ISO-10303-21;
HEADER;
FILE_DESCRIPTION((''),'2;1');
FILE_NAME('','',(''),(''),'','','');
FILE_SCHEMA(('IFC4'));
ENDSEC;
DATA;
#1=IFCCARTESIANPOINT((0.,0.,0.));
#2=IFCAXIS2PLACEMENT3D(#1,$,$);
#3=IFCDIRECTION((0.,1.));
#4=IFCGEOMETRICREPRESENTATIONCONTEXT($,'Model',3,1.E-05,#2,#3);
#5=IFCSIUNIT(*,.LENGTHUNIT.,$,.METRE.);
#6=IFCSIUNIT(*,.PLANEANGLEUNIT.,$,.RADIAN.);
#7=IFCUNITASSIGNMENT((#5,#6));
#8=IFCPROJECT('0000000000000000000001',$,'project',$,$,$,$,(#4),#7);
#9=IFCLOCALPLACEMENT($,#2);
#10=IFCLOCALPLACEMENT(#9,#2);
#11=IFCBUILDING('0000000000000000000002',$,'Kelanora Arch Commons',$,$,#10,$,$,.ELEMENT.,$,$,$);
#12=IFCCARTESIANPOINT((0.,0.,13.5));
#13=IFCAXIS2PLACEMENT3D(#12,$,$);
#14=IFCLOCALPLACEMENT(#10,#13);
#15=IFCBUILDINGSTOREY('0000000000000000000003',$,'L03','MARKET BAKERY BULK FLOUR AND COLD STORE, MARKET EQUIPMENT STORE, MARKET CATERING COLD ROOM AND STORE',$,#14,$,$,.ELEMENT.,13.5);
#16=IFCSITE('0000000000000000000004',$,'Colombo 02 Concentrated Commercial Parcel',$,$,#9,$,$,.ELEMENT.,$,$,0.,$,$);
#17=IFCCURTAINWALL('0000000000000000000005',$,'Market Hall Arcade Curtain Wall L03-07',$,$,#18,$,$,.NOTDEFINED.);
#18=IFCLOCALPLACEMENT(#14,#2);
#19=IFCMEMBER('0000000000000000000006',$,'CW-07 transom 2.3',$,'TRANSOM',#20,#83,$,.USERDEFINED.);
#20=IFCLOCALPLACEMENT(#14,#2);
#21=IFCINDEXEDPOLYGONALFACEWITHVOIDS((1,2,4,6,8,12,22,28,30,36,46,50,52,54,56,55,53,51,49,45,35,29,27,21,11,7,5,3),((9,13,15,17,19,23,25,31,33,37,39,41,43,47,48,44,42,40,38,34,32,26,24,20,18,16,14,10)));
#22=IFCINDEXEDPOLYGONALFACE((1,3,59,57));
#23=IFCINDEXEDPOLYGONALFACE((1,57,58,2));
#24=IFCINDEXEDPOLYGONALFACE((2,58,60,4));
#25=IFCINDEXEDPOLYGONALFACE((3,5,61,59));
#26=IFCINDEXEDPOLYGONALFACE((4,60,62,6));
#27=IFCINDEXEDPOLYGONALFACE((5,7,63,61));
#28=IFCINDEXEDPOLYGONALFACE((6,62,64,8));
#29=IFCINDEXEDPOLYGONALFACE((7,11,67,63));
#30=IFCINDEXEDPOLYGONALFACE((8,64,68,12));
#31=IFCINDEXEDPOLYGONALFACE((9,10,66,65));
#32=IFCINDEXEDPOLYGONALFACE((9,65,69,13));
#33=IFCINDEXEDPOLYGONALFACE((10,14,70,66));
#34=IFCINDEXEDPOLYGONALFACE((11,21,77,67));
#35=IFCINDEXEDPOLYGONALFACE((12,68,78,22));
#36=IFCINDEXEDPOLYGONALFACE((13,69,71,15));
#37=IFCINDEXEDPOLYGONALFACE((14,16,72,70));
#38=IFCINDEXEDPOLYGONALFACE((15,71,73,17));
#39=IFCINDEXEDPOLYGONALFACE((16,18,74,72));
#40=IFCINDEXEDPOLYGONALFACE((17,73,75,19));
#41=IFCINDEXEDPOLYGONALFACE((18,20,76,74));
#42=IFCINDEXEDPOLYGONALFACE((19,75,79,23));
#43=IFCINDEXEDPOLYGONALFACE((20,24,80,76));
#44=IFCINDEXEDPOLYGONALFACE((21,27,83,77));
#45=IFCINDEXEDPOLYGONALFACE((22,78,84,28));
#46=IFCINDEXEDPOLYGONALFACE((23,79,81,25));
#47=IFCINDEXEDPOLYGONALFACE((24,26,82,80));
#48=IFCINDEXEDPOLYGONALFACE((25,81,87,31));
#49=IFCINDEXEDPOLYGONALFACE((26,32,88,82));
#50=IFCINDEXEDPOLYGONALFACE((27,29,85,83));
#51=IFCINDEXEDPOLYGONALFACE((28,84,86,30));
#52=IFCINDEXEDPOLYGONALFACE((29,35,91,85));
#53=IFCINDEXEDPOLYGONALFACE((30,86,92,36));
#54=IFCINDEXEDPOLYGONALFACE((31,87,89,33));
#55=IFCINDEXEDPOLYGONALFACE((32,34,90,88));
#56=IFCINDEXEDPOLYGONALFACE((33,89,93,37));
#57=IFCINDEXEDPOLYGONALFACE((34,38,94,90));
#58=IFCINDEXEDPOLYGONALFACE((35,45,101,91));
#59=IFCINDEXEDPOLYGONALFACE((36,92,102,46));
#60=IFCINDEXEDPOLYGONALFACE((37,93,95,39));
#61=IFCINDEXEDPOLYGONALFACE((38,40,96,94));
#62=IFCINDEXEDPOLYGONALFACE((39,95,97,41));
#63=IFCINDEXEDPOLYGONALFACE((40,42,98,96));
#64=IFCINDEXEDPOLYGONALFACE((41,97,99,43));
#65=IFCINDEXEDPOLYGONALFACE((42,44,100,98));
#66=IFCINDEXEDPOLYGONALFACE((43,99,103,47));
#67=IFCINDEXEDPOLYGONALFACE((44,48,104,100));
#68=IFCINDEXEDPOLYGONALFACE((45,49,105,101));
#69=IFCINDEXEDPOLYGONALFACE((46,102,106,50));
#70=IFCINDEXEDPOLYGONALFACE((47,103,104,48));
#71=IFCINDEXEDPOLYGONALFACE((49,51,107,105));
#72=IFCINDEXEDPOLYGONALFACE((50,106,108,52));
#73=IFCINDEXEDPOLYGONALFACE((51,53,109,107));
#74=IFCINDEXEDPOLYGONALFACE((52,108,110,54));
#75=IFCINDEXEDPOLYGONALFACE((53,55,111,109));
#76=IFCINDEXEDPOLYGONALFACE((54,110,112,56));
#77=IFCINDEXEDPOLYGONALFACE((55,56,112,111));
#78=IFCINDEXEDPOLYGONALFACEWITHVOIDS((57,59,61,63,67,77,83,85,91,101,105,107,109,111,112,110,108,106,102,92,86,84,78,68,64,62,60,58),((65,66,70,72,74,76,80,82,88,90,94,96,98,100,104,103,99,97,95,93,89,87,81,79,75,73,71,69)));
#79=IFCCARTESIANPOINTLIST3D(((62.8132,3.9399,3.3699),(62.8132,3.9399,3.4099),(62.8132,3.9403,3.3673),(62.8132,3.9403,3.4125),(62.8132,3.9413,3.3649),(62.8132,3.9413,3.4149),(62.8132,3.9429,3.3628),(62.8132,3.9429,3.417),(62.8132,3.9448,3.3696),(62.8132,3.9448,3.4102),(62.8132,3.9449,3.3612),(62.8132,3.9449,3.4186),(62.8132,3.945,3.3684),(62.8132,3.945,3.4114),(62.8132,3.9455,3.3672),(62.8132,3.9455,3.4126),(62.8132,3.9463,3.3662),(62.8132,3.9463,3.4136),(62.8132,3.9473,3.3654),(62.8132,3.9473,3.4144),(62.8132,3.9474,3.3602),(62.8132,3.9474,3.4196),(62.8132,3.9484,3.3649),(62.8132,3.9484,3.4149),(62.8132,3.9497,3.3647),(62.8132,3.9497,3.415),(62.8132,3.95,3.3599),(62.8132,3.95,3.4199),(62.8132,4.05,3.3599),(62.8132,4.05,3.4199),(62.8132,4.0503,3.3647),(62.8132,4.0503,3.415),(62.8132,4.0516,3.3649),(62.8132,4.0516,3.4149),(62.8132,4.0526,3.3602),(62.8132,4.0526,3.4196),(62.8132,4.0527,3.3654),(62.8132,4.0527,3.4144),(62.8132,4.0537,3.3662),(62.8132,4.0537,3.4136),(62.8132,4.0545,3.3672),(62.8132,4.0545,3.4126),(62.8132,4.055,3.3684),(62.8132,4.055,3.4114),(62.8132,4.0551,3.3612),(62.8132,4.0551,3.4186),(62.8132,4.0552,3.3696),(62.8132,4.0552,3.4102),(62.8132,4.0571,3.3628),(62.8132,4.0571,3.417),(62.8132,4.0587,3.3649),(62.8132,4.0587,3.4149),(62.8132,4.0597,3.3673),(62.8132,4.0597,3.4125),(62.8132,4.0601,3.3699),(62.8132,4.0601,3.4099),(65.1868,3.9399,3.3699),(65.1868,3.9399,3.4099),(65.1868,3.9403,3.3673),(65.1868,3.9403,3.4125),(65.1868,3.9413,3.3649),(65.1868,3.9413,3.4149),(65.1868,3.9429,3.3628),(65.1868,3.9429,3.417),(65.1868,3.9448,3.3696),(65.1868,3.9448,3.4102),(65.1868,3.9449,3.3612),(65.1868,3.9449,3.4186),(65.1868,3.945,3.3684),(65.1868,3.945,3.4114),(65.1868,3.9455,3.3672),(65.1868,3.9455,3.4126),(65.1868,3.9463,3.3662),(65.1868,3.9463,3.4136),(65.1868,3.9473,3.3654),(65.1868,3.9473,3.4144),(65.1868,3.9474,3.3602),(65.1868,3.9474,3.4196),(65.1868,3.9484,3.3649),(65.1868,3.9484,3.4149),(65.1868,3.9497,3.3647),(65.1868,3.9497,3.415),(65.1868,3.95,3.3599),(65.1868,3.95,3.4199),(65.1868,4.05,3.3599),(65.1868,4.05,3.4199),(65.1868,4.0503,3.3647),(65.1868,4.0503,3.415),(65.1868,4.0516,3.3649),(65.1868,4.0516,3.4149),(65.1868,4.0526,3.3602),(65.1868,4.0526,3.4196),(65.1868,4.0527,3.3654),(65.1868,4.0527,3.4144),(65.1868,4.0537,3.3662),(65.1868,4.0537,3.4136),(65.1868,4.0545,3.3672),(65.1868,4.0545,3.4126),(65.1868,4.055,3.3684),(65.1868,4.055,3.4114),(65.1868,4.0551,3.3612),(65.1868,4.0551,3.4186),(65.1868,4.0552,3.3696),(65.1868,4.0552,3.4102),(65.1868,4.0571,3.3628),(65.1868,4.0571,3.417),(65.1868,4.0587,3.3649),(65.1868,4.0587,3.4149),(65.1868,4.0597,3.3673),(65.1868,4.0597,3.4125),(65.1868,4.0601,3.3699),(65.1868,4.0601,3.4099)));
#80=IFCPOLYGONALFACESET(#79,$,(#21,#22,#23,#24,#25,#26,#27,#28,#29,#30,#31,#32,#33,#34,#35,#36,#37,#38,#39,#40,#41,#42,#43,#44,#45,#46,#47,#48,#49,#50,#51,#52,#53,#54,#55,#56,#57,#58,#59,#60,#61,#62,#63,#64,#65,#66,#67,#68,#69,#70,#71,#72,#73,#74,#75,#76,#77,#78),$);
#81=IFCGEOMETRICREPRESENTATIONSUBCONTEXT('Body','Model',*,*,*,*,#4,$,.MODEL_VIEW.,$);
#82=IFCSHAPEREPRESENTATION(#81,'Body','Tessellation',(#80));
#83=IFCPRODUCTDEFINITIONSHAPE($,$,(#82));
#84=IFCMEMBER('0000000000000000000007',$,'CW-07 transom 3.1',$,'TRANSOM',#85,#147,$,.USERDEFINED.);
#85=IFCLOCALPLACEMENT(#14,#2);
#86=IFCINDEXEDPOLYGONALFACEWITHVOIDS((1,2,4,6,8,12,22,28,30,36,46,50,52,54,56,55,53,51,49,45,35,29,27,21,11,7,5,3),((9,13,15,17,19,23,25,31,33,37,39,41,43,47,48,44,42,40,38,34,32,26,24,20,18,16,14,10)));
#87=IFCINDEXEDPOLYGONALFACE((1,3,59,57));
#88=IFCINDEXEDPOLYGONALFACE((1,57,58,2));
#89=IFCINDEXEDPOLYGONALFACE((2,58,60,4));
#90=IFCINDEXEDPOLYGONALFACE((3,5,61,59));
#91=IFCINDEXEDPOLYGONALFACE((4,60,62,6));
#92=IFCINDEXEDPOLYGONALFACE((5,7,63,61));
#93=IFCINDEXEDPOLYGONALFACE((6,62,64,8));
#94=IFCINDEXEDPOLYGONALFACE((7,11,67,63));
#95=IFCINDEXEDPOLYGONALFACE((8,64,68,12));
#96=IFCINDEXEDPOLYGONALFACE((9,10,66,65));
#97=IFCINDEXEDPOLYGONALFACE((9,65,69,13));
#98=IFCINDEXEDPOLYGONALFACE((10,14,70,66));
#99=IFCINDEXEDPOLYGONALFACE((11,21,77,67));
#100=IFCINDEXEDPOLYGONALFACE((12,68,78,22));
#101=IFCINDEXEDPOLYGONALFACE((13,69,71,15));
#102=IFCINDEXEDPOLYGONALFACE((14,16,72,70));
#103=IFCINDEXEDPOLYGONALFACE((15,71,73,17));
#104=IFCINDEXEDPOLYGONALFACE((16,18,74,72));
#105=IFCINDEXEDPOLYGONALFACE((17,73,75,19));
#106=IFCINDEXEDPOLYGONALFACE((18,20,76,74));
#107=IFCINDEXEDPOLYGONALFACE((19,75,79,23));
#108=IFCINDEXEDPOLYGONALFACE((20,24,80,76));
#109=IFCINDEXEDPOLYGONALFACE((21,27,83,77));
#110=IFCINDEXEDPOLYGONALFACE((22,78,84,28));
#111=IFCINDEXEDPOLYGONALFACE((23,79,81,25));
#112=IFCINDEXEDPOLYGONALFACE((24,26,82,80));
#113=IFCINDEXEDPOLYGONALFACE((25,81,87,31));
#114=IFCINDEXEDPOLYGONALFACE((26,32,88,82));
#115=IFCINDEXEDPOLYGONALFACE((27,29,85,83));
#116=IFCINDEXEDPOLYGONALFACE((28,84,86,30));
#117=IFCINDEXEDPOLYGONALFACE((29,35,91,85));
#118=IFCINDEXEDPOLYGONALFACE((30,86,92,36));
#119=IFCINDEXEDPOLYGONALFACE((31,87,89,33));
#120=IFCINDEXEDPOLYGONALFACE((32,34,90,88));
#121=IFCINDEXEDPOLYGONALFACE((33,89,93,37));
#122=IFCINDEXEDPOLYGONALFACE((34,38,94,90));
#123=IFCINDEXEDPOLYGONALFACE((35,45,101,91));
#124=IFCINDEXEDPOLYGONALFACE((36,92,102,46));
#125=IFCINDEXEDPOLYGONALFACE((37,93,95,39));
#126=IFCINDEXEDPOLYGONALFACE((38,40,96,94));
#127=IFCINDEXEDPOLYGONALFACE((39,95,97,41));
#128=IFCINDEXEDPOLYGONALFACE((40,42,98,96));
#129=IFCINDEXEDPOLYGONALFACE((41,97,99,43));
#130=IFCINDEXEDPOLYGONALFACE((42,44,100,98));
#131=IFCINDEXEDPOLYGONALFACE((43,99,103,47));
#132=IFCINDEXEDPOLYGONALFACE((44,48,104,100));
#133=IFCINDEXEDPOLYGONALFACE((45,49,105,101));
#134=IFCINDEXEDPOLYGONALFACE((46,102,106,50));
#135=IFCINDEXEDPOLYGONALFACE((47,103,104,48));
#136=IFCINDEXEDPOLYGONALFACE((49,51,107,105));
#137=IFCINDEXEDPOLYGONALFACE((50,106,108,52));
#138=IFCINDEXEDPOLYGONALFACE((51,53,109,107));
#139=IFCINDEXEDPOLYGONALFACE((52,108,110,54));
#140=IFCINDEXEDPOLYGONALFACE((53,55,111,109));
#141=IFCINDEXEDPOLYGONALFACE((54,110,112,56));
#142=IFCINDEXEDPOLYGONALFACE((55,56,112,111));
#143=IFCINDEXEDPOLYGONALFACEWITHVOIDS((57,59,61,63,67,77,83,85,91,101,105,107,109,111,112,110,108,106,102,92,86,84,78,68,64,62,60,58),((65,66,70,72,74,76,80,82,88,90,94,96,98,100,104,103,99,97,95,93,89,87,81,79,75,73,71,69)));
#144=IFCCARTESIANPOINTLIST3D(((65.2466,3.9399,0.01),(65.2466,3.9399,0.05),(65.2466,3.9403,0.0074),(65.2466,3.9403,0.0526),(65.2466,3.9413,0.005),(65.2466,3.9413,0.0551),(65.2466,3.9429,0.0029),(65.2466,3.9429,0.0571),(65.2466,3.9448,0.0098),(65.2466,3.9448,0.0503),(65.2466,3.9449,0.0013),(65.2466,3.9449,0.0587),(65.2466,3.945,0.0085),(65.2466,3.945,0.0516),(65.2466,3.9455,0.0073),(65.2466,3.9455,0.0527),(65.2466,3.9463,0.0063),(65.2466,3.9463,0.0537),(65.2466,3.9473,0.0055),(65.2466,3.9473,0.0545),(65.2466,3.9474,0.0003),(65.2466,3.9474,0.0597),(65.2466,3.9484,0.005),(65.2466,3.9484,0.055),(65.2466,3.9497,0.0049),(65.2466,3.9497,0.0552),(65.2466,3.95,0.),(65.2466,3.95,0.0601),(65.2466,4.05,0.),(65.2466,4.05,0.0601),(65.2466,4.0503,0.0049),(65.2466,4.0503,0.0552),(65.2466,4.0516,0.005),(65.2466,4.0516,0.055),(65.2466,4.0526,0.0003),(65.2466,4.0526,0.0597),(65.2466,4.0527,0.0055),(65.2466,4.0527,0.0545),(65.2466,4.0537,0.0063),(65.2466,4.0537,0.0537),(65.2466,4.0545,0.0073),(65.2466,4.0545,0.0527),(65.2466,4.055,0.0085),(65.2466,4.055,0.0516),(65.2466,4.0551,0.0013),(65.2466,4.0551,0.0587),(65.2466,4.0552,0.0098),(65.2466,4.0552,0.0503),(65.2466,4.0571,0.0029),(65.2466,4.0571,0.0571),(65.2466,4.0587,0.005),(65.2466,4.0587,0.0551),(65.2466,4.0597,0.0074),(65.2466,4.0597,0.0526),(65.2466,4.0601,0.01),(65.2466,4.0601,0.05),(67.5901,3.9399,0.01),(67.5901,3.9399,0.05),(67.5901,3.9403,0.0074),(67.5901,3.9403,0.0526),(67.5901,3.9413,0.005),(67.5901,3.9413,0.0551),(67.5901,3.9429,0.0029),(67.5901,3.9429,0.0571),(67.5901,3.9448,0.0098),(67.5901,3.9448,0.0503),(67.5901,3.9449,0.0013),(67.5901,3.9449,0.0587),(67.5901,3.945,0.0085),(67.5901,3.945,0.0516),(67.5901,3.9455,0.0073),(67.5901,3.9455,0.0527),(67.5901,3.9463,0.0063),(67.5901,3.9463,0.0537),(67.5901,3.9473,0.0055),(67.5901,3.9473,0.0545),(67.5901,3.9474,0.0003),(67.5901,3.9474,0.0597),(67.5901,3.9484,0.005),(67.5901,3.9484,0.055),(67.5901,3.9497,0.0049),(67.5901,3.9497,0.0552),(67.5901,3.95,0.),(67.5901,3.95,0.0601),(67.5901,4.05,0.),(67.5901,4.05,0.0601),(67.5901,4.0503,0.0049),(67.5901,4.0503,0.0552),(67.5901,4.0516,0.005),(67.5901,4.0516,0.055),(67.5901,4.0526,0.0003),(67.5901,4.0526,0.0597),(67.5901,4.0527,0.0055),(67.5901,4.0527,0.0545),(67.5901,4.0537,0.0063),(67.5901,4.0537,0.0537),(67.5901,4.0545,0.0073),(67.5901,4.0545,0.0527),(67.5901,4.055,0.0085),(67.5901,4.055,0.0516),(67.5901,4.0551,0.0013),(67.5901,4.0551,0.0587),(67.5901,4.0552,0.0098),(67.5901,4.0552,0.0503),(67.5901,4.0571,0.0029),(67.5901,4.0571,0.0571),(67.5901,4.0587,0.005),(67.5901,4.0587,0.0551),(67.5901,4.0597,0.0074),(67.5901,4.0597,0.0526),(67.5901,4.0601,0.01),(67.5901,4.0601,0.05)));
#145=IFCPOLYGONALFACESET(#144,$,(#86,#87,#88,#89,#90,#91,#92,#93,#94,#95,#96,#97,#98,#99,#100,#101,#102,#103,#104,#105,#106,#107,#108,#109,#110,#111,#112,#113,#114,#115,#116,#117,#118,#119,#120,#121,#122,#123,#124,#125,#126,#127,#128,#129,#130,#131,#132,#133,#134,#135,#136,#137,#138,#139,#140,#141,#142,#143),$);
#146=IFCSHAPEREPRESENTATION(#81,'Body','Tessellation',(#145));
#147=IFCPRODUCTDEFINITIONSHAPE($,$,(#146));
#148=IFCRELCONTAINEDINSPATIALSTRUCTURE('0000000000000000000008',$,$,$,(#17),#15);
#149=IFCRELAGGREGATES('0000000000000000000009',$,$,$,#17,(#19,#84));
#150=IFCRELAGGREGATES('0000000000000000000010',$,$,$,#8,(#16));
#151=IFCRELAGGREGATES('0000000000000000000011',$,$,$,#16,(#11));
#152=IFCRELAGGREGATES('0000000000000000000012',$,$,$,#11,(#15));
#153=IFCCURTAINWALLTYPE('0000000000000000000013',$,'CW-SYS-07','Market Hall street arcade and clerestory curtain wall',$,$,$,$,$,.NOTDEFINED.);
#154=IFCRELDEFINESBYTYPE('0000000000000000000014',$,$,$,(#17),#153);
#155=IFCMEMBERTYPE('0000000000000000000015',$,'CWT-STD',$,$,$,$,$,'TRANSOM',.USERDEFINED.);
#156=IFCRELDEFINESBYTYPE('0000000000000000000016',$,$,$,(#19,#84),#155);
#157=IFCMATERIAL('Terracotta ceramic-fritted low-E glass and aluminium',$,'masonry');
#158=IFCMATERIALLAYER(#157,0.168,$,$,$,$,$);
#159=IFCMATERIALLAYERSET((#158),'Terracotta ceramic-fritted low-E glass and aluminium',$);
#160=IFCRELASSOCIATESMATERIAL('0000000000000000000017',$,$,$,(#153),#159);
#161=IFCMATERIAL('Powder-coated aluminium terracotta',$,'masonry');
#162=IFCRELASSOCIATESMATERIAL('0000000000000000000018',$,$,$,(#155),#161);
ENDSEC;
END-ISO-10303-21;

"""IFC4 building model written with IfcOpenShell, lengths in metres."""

from ifc_helpers import new_model, si_unit, direction, frame, origin, origin_2d, place, context, subcontext, project, spatial, hollow_rectangle, extrude, material, layer, layer_set, material_profile, profile_set, type_object, element, aggregate, save


model = new_model("IFC4")

# Units and contexts
model_context = context("Model", 3, precision=1e-05, world=origin(), true_north=direction((0.0, 1.0)))
body_context = subcontext(model_context, "Body", "Model", "MODEL_VIEW")
ifc_project = project(units=[si_unit("LENGTHUNIT", "METRE"), si_unit("PLANEANGLEUNIT", "RADIAN")], contexts=[model_context])

# Site, building, storey
site_placement = place(None, origin())
site = spatial("IfcSite", under=ifc_project, at=site_placement, Name="Colombo 02 Concentrated Commercial Parcel", CompositionType="ELEMENT", RefElevation=0.0)
building_placement = place(site_placement, origin())
building = spatial("IfcBuilding", under=site, at=building_placement, Name="Kelanora Arch Commons", CompositionType="ELEMENT")
storey_placement = place(building_placement, frame((0.0, 0.0, 13.5)))
storey = spatial("IfcBuildingStorey", under=building, at=storey_placement, Name="L03", Description="MARKET BAKERY BULK FLOUR AND COLD STORE, MARKET EQUIPMENT STORE, MARKET CATERING COLD ROOM AND STORE", CompositionType="ELEMENT", Elevation=13.5)

# Curtain wall, members
ifc_material_1 = material(Name="Terracotta ceramic-fritted low-E glass and aluminium", Category="masonry")
ifc_layer_1 = layer(ifc_material_1, 0.168)
ifc_layer_set_1 = layer_set([ifc_layer_1], Name="Terracotta ceramic-fritted low-E glass and aluminium")
curtain_wall_type = type_object("IfcCurtainWallType", Name="CW-SYS-07", Description="Market Hall street arcade and clerestory curtain wall", PredefinedType="NOTDEFINED", material=ifc_layer_set_1)
curtain_wall_placement = place(storey_placement, origin())
curtain_wall = element("IfcCurtainWall", 1, at=curtain_wall_placement, inside=storey, type_object=curtain_wall_type, Name="Market Hall Arcade Curtain Wall L03-07", PredefinedType="NOTDEFINED")
ifc_material_2 = material(Name="Powder-coated aluminium terracotta", Category="masonry")
ifc_material_profile_1 = material_profile(ifc_material_2, hollow_rectangle(XDim=0.1201, YDim=0.0601, WallThickness=0.0049, InnerFilletRadius=0.0049, OuterFilletRadius=0.01, at=origin_2d()), Name="CWT120x60")
ifc_profile_set_1 = profile_set([ifc_material_profile_1], Name="Powder-coated aluminium terracotta")
member_type_1 = type_object("IfcMemberType", Name="CWT-STD", ElementType="TRANSOM", PredefinedType="USERDEFINED", material=ifc_profile_set_1)
member_1_placement = place(storey_placement, frame((62.8132, 4.0, 3.3899), z_axis=(1.0, 0.0, 0.0), x_axis=(0.0, 1.0, 0.0)))
member_1 = element("IfcMember", 2, at=member_1_placement, type_object=member_type_1, Name="CW-07 transom 2.3", ObjectType="TRANSOM", PredefinedType="USERDEFINED", context=body_context, shape_type="SweptSolid", body=[
    extrude(hollow_rectangle(XDim=0.1201, YDim=0.0601, WallThickness=0.0049, InnerFilletRadius=0.0049, OuterFilletRadius=0.01, at=origin_2d()), origin(), (0.0, 0.0, 1.0), 2.3735),
])
member_2_placement = place(storey_placement, frame((65.2466, 4.0, 0.03), z_axis=(1.0, 0.0, 0.0), x_axis=(0.0, 1.0, 0.0)))
member_2 = element("IfcMember", 3, at=member_2_placement, type_object=member_type_1, Name="CW-07 transom 3.1", ObjectType="TRANSOM", PredefinedType="USERDEFINED", context=body_context, shape_type="SweptSolid", body=[
    extrude(hollow_rectangle(XDim=0.1201, YDim=0.0601, WallThickness=0.0049, InnerFilletRadius=0.0049, OuterFilletRadius=0.01, at=origin_2d()), origin(), (0.0, 0.0, 1.0), 2.3435),
])

aggregate(curtain_wall, [member_1, member_2])

save(model, "model.ifc")
